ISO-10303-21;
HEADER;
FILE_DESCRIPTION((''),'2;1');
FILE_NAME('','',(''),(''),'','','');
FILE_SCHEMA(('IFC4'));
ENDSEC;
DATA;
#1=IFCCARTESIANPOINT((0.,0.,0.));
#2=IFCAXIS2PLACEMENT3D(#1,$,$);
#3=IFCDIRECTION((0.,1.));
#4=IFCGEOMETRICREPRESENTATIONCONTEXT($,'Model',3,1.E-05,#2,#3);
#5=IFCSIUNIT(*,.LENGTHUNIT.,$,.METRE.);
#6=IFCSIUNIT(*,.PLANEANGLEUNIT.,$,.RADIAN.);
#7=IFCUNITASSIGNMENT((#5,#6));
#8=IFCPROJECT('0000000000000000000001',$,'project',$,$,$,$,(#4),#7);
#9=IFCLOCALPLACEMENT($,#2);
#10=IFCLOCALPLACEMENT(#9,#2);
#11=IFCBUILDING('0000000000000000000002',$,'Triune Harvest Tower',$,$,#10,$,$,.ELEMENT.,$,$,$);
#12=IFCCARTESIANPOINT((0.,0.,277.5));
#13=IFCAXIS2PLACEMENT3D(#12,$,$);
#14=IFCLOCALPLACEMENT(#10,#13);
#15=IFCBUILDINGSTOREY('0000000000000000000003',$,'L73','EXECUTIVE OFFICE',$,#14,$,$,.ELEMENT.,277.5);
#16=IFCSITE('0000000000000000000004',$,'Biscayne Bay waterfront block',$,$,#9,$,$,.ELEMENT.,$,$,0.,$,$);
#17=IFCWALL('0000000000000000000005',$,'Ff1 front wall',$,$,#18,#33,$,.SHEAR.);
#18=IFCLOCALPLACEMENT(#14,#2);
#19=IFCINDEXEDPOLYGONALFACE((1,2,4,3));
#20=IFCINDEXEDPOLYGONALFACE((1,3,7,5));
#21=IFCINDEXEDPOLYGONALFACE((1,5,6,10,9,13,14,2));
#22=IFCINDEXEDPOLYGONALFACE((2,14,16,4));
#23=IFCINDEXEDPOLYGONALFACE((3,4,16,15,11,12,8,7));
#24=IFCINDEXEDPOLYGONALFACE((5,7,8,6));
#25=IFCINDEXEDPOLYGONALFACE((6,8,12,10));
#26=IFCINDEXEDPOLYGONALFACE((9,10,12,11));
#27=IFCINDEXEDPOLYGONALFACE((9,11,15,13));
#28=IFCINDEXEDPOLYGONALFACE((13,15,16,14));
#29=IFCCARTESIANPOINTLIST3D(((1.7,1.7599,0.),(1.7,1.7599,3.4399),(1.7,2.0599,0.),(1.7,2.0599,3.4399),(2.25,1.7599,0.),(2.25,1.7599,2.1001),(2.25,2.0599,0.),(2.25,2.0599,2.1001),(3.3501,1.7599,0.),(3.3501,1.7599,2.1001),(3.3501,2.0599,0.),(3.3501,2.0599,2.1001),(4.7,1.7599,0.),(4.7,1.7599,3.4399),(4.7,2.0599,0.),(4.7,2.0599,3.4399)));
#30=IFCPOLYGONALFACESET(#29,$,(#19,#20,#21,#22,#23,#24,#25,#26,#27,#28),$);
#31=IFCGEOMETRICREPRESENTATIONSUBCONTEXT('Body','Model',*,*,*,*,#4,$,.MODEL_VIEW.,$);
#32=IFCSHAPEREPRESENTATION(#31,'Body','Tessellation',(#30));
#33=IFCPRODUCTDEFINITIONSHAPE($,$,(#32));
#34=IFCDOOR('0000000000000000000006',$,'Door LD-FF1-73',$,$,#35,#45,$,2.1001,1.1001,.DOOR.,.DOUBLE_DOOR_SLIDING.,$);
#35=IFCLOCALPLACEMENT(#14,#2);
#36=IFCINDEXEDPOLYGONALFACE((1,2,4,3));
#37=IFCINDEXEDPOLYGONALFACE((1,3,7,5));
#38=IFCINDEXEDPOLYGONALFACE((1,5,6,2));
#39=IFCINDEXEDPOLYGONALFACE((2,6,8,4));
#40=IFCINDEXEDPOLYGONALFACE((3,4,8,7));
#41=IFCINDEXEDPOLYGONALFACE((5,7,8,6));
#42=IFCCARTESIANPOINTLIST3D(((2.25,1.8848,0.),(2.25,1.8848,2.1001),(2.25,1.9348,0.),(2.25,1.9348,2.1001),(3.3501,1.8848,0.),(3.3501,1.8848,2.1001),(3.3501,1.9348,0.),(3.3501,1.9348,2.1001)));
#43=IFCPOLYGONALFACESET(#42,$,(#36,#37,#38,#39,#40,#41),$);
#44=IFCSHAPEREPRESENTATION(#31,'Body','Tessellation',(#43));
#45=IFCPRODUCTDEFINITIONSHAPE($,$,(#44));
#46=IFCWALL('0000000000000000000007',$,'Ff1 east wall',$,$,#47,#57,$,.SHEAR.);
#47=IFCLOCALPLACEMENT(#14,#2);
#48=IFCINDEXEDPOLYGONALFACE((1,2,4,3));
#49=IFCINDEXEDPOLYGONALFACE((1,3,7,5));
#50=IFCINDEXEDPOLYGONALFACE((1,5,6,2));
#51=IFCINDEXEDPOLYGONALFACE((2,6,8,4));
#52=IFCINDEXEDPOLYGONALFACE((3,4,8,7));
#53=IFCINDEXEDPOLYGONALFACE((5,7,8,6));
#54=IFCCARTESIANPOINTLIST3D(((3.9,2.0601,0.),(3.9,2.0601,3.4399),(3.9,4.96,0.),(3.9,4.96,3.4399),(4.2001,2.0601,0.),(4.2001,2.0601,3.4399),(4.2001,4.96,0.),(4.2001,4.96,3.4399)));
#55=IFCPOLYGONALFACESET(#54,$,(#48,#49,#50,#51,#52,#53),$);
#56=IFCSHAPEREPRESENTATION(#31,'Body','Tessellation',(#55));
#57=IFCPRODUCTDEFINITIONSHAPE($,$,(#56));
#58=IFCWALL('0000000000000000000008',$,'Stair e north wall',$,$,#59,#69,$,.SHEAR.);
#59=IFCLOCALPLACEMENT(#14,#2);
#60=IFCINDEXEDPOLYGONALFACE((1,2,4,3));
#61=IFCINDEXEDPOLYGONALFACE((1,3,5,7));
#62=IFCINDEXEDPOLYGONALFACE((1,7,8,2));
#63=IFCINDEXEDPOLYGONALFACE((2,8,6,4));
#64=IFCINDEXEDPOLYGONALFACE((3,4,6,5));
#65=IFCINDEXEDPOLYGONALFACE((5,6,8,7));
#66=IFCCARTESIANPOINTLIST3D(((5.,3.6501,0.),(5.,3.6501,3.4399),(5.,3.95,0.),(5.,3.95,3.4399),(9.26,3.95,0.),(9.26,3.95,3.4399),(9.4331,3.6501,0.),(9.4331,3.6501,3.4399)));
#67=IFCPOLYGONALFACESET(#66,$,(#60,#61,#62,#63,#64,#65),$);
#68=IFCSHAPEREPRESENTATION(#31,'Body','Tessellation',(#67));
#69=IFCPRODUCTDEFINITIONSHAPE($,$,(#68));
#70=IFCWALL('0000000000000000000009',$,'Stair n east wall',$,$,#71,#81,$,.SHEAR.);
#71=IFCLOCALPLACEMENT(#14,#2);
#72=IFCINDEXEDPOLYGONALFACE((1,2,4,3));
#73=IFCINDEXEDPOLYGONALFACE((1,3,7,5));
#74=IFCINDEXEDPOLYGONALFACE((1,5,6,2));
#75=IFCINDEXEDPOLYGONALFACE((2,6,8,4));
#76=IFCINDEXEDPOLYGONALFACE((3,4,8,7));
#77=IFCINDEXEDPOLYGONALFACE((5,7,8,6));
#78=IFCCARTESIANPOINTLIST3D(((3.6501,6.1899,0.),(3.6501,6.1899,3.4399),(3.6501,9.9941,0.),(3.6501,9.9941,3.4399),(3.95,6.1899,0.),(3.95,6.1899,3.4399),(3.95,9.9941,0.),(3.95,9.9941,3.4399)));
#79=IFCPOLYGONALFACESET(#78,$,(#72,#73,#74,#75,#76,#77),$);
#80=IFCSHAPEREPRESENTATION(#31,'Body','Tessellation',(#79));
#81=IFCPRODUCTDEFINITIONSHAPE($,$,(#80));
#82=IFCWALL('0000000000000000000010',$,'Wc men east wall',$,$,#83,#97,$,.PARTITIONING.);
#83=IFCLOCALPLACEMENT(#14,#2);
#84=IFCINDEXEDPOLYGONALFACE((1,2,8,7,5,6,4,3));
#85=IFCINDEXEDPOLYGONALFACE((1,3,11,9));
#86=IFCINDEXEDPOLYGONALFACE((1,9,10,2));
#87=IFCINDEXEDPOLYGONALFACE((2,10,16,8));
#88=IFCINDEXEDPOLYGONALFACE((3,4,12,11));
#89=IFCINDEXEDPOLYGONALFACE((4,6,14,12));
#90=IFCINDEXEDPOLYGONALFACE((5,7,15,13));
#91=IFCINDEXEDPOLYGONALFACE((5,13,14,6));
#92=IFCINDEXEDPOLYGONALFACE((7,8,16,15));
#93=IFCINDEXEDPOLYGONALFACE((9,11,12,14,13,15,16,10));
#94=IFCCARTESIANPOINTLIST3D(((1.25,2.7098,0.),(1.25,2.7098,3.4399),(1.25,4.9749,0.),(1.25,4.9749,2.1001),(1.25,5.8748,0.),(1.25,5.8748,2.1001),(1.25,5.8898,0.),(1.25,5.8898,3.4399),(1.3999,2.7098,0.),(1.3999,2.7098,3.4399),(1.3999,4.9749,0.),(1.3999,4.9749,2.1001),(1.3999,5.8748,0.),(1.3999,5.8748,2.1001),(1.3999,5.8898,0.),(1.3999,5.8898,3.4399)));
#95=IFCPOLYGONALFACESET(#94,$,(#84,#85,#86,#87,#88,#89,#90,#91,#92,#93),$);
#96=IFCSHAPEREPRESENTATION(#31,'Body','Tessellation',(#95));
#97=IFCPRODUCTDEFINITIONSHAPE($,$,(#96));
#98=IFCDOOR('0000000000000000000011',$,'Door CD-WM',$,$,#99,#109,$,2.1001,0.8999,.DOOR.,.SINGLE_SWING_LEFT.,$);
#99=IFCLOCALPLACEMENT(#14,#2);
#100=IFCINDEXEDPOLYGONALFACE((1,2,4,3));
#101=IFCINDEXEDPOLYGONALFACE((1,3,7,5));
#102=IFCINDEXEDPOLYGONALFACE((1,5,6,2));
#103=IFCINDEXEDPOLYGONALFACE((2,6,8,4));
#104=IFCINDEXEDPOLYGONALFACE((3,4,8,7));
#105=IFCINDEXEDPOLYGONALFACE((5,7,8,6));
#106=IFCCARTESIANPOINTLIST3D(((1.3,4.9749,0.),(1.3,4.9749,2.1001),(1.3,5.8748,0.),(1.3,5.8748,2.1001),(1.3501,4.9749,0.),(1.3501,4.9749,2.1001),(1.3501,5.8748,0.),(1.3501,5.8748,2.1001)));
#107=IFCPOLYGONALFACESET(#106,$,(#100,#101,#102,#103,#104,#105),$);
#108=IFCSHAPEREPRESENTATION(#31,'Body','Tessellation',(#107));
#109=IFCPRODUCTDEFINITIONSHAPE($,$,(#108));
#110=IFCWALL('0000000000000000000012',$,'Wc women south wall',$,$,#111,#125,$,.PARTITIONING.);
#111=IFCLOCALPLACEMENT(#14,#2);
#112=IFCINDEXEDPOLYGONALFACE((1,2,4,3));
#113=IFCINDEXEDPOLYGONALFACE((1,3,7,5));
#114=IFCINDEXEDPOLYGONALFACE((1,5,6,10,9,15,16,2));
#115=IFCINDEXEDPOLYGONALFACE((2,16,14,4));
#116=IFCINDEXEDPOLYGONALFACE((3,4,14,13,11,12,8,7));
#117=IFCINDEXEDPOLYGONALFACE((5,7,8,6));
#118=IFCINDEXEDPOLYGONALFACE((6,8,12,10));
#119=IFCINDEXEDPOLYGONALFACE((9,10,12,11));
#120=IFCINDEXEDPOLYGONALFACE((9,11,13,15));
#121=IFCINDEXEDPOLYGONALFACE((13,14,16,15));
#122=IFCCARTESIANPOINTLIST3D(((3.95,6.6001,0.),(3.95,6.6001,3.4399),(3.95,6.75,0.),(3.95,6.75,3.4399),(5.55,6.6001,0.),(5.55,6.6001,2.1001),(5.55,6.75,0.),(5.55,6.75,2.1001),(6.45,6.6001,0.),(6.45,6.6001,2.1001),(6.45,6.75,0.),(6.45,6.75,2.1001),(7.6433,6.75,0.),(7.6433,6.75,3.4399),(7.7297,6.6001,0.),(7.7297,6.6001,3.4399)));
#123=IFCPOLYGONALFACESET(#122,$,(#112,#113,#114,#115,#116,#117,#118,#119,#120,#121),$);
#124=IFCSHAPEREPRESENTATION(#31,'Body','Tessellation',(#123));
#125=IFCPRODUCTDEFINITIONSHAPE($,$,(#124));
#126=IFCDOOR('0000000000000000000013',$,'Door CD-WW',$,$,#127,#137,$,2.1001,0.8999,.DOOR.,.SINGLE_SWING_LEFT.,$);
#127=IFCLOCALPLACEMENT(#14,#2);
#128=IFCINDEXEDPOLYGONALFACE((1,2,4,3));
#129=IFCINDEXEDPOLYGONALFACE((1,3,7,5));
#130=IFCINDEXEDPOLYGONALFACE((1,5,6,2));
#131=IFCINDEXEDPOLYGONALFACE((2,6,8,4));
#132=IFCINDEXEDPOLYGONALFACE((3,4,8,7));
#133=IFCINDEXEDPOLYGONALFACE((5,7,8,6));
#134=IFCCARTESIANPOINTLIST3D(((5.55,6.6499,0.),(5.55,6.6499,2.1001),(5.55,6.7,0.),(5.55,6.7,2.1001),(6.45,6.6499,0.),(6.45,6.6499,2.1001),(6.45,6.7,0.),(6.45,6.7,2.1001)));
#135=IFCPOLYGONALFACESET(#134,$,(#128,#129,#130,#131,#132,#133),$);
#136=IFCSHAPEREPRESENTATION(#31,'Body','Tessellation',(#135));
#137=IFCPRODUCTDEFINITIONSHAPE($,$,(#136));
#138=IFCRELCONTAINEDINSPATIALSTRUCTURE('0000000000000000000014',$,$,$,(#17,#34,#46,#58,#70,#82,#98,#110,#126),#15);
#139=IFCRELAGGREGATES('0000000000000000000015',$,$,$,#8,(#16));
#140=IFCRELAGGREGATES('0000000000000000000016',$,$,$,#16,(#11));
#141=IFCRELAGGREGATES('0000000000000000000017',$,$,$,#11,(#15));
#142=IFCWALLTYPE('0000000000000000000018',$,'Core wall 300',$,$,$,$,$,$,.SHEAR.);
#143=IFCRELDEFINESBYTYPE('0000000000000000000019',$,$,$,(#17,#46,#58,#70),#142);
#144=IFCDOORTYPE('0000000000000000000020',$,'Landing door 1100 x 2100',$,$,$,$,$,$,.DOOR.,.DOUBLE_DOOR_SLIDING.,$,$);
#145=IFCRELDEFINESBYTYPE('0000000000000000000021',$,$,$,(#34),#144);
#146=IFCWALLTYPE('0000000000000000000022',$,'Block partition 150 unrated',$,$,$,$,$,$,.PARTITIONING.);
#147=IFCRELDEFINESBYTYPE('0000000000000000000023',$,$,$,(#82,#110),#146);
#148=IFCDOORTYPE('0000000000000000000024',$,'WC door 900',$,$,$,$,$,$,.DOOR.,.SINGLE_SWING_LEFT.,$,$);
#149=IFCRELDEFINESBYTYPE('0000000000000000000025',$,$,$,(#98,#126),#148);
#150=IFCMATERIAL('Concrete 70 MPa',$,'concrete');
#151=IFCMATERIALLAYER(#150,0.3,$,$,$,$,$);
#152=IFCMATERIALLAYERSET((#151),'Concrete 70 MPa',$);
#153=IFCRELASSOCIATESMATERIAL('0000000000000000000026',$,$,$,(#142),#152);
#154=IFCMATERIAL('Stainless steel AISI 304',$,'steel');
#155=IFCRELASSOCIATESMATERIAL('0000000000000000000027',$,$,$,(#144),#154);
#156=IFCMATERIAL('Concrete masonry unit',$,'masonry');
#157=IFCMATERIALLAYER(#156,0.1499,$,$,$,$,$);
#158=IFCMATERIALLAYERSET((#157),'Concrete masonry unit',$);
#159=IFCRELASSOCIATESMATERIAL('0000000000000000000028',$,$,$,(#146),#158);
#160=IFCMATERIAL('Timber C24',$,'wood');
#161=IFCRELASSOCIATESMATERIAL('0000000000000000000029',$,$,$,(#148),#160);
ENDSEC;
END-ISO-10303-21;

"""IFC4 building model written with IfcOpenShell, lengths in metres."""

from ifc_helpers import new_model, si_unit, direction, frame, frame_2d, origin, place, context, subcontext, project, spatial, polyline, rectangle, outline, extrude, source, transform, mapped, material, layer, layer_set, type_object, element, fill, save


model = new_model("IFC4")

# Units and contexts
model_context = context("Model", 3, precision=1e-05, world=origin(), true_north=direction((0.0, 1.0)))
body_context = subcontext(model_context, "Body", "Model", "MODEL_VIEW")
ifc_project = project(units=[si_unit("LENGTHUNIT", "METRE"), si_unit("PLANEANGLEUNIT", "RADIAN")], contexts=[model_context])

# Site, building, storey
site_placement = place(None, origin())
site = spatial("IfcSite", under=ifc_project, at=site_placement, Name="Biscayne Bay waterfront block", CompositionType="ELEMENT", RefElevation=0.0)
building_placement = place(site_placement, origin())
building = spatial("IfcBuilding", under=site, at=building_placement, Name="Triune Harvest Tower", CompositionType="ELEMENT")
storey_placement = place(building_placement, frame((0.0, 0.0, 277.5)))
storey = spatial("IfcBuildingStorey", under=building, at=storey_placement, Name="L73", Description="EXECUTIVE OFFICE", CompositionType="ELEMENT", Elevation=277.5)

# Shared definitions
ifc_material_1 = material(Name="Concrete 70 MPa", Category="concrete")
ifc_layer_1 = layer(ifc_material_1, 0.3)
ifc_layer_set_1 = layer_set([ifc_layer_1], Name="Concrete 70 MPa")
wall_type_1 = type_object("IfcWallType", Name="Core wall 300", PredefinedType="SHEAR", material=ifc_layer_set_1)

# Wall, opening, door
shared_shape_1 = source(origin(), body_context, "Body", "SweptSolid", [
    extrude(rectangle(XDim=3.0, YDim=0.3, at=frame_2d((1.5, 0.0))), origin(), (0.0, 0.0, 1.0), 3.4399),
])
wall_1_placement = place(storey_placement, frame((1.7, 1.9099, 0.0), z_axis=(0.0, 0.0, 1.0), x_axis=(1.0, 0.0, 0.0)))
wall_1 = element("IfcWall", 1, at=wall_1_placement, inside=storey, type_object=wall_type_1, Name="Ff1 front wall", PredefinedType="SHEAR", context=body_context, shape_type="MappedRepresentation", body=[
    mapped(shared_shape_1, transform((0.0, 0.0, 0.0), scale=1.0)),
])
opening_1_placement = place(wall_1_placement, frame((0.55, 0.0, 0.0)))
opening_1 = element("IfcOpeningElement", 2, at=opening_1_placement, cuts=wall_1, PredefinedType="OPENING", context=body_context, shape_type="SweptSolid", body=[
    extrude(rectangle(XDim=1.1001, YDim=2.1001, at=frame_2d((0.55, 1.05))), frame((0.0, 0.1602, 0.0), z_axis=(0.0, -1.0, 0.0), x_axis=(1.0, 0.0, 0.0)), (0.0, 0.0, 1.0), 0.3201),
])
ifc_material_2 = material(Name="Stainless steel AISI 304", Category="steel")
door_type_1 = type_object("IfcDoorType", Name="Landing door 1100 x 2100", OperationType="DOUBLE_DOOR_SLIDING", PredefinedType="DOOR", material=ifc_material_2)
door_1_placement = place(opening_1_placement, origin())
door_1 = element("IfcDoor", 3, at=door_1_placement, inside=storey, type_object=door_type_1, Name="Door LD-FF1-73", OperationType="DOUBLE_DOOR_SLIDING", OverallHeight=2.1001, OverallWidth=1.1001, PredefinedType="DOOR", context=body_context, shape_type="SweptSolid", body=[
    extrude(rectangle(XDim=1.1001, YDim=2.1001, at=frame_2d((0.55, 1.05))), frame((0.0, 0.0249, 0.0), z_axis=(0.0, -1.0, 0.0), x_axis=(1.0, 0.0, 0.0)), (0.0, 0.0, 1.0), 0.05),
])
fill(opening_1, door_1)

# Walls
shared_shape_2 = source(origin(), body_context, "Body", "SweptSolid", [
    extrude(rectangle(XDim=2.8999, YDim=0.3, at=frame_2d((1.45, 0.0))), origin(), (0.0, 0.0, 1.0), 3.4399),
])
wall_2_placement = place(storey_placement, frame((4.05, 2.0601, 0.0), z_axis=(0.0, 0.0, 1.0), x_axis=(0.0, 1.0, 0.0)))
element("IfcWall", 4, at=wall_2_placement, inside=storey, type_object=wall_type_1, Name="Ff1 east wall", PredefinedType="SHEAR", context=body_context, shape_type="MappedRepresentation", body=[
    mapped(shared_shape_2, transform((0.0, 0.0, 0.0), scale=1.0)),
])
shared_shape_3 = source(origin(), body_context, "Body", "SweptSolid", [
    extrude(outline(polyline([(0.0, -0.1499), (0.0, 0.1499), (4.26, 0.1499), (4.4331, -0.1499), (0.0, -0.1499)])), origin(), (0.0, 0.0, 1.0), 3.4399),
])
wall_3_placement = place(storey_placement, frame((5.0, 3.8, 0.0), z_axis=(0.0, 0.0, 1.0), x_axis=(1.0, 0.0, 0.0)))
element("IfcWall", 5, at=wall_3_placement, inside=storey, type_object=wall_type_1, Name="Stair e north wall", PredefinedType="SHEAR", context=body_context, shape_type="MappedRepresentation", body=[
    mapped(shared_shape_3, transform((0.0, 0.0, 0.0), scale=1.0)),
])
shared_shape_4 = source(origin(), body_context, "Body", "SweptSolid", [
    extrude(outline(polyline([(0.0, -0.1499), (0.0, 0.1499), (3.8042, 0.1499), (3.8042, -0.1499), (0.0, -0.1499)])), origin(), (0.0, 0.0, 1.0), 3.4399),
])
wall_4_placement = place(storey_placement, frame((3.8, 6.1899, 0.0), z_axis=(0.0, 0.0, 1.0), x_axis=(0.0, 1.0, 0.0)))
element("IfcWall", 6, at=wall_4_placement, inside=storey, type_object=wall_type_1, Name="Stair n east wall", PredefinedType="SHEAR", context=body_context, shape_type="MappedRepresentation", body=[
    mapped(shared_shape_4, transform((0.0, 0.0, 0.0), scale=1.0)),
])

# Walls, openings, doors
ifc_material_3 = material(Name="Concrete masonry unit", Category="masonry")
ifc_layer_2 = layer(ifc_material_3, 0.1499)
ifc_layer_set_2 = layer_set([ifc_layer_2], Name="Concrete masonry unit")
wall_type_2 = type_object("IfcWallType", Name="Block partition 150 unrated", PredefinedType="PARTITIONING", material=ifc_layer_set_2)
shared_shape_5 = source(origin(), body_context, "Body", "SweptSolid", [
    extrude(rectangle(XDim=3.1799, YDim=0.1499, at=frame_2d((1.5898, 0.0))), origin(), (0.0, 0.0, 1.0), 3.4399),
])
wall_5_placement = place(storey_placement, frame((1.325, 2.71, 0.0), z_axis=(0.0, 0.0, 1.0), x_axis=(0.0, 1.0, 0.0)))
wall_5 = element("IfcWall", 7, at=wall_5_placement, inside=storey, type_object=wall_type_2, Name="Wc men east wall", PredefinedType="PARTITIONING", context=body_context, shape_type="MappedRepresentation", body=[
    mapped(shared_shape_5, transform((0.0, 0.0, 0.0), scale=1.0)),
])
opening_2_placement = place(wall_5_placement, frame((2.2649, 0.0, 0.0)))
opening_2 = element("IfcOpeningElement", 8, at=opening_2_placement, cuts=wall_5, PredefinedType="OPENING", context=body_context, shape_type="SweptSolid", body=[
    extrude(rectangle(XDim=0.8999, YDim=2.1001, at=frame_2d((0.45, 1.05))), frame((0.0, 0.085, 0.0), z_axis=(0.0, -1.0, 0.0), x_axis=(1.0, 0.0, 0.0)), (0.0, 0.0, 1.0), 0.1699),
])
ifc_material_4 = material(Name="Timber C24", Category="wood")
door_type_2 = type_object("IfcDoorType", Name="WC door 900", OperationType="SINGLE_SWING_LEFT", PredefinedType="DOOR", material=ifc_material_4)
door_2_placement = place(opening_2_placement, origin())
door_2 = element("IfcDoor", 9, at=door_2_placement, inside=storey, type_object=door_type_2, Name="Door CD-WM", OperationType="SINGLE_SWING_LEFT", OverallHeight=2.1001, OverallWidth=0.8999, PredefinedType="DOOR", context=body_context, shape_type="SweptSolid", body=[
    extrude(rectangle(XDim=0.8999, YDim=2.1001, at=frame_2d((0.45, 1.05))), frame((0.0, 0.0249, 0.0), z_axis=(0.0, -1.0, 0.0), x_axis=(1.0, 0.0, 0.0)), (0.0, 0.0, 1.0), 0.05),
])
fill(opening_2, door_2)
shared_shape_6 = source(origin(), body_context, "Body", "SweptSolid", [
    extrude(outline(polyline([(0.0, -0.075), (0.0, 0.075), (3.6934, 0.075), (3.7798, -0.075), (0.0, -0.075)])), origin(), (0.0, 0.0, 1.0), 3.4399),
])
wall_6_placement = place(storey_placement, frame((3.95, 6.675, 0.0), z_axis=(0.0, 0.0, 1.0), x_axis=(1.0, 0.0, 0.0)))
wall_6 = element("IfcWall", 10, at=wall_6_placement, inside=storey, type_object=wall_type_2, Name="Wc women south wall", PredefinedType="PARTITIONING", context=body_context, shape_type="MappedRepresentation", body=[
    mapped(shared_shape_6, transform((0.0, 0.0, 0.0), scale=1.0)),
])
opening_3_placement = place(wall_6_placement, frame((1.6001, 0.0, 0.0)))
opening_3 = element("IfcOpeningElement", 11, at=opening_3_placement, cuts=wall_6, PredefinedType="OPENING", context=body_context, shape_type="SweptSolid", body=[
    extrude(rectangle(XDim=0.8999, YDim=2.1001, at=frame_2d((0.45, 1.05))), frame((0.0, 0.085, 0.0), z_axis=(0.0, -1.0, 0.0), x_axis=(1.0, 0.0, 0.0)), (0.0, 0.0, 1.0), 0.1699),
])
door_3_placement = place(opening_3_placement, origin())
door_3 = element("IfcDoor", 12, at=door_3_placement, inside=storey, type_object=door_type_2, Name="Door CD-WW", OperationType="SINGLE_SWING_LEFT", OverallHeight=2.1001, OverallWidth=0.8999, PredefinedType="DOOR", context=body_context, shape_type="SweptSolid", body=[
    extrude(rectangle(XDim=0.8999, YDim=2.1001, at=frame_2d((0.45, 1.05))), frame((0.0, 0.0249, 0.0), z_axis=(0.0, -1.0, 0.0), x_axis=(1.0, 0.0, 0.0)), (0.0, 0.0, 1.0), 0.05),
])
fill(opening_3, door_3)

save(model, "model.ifc")
